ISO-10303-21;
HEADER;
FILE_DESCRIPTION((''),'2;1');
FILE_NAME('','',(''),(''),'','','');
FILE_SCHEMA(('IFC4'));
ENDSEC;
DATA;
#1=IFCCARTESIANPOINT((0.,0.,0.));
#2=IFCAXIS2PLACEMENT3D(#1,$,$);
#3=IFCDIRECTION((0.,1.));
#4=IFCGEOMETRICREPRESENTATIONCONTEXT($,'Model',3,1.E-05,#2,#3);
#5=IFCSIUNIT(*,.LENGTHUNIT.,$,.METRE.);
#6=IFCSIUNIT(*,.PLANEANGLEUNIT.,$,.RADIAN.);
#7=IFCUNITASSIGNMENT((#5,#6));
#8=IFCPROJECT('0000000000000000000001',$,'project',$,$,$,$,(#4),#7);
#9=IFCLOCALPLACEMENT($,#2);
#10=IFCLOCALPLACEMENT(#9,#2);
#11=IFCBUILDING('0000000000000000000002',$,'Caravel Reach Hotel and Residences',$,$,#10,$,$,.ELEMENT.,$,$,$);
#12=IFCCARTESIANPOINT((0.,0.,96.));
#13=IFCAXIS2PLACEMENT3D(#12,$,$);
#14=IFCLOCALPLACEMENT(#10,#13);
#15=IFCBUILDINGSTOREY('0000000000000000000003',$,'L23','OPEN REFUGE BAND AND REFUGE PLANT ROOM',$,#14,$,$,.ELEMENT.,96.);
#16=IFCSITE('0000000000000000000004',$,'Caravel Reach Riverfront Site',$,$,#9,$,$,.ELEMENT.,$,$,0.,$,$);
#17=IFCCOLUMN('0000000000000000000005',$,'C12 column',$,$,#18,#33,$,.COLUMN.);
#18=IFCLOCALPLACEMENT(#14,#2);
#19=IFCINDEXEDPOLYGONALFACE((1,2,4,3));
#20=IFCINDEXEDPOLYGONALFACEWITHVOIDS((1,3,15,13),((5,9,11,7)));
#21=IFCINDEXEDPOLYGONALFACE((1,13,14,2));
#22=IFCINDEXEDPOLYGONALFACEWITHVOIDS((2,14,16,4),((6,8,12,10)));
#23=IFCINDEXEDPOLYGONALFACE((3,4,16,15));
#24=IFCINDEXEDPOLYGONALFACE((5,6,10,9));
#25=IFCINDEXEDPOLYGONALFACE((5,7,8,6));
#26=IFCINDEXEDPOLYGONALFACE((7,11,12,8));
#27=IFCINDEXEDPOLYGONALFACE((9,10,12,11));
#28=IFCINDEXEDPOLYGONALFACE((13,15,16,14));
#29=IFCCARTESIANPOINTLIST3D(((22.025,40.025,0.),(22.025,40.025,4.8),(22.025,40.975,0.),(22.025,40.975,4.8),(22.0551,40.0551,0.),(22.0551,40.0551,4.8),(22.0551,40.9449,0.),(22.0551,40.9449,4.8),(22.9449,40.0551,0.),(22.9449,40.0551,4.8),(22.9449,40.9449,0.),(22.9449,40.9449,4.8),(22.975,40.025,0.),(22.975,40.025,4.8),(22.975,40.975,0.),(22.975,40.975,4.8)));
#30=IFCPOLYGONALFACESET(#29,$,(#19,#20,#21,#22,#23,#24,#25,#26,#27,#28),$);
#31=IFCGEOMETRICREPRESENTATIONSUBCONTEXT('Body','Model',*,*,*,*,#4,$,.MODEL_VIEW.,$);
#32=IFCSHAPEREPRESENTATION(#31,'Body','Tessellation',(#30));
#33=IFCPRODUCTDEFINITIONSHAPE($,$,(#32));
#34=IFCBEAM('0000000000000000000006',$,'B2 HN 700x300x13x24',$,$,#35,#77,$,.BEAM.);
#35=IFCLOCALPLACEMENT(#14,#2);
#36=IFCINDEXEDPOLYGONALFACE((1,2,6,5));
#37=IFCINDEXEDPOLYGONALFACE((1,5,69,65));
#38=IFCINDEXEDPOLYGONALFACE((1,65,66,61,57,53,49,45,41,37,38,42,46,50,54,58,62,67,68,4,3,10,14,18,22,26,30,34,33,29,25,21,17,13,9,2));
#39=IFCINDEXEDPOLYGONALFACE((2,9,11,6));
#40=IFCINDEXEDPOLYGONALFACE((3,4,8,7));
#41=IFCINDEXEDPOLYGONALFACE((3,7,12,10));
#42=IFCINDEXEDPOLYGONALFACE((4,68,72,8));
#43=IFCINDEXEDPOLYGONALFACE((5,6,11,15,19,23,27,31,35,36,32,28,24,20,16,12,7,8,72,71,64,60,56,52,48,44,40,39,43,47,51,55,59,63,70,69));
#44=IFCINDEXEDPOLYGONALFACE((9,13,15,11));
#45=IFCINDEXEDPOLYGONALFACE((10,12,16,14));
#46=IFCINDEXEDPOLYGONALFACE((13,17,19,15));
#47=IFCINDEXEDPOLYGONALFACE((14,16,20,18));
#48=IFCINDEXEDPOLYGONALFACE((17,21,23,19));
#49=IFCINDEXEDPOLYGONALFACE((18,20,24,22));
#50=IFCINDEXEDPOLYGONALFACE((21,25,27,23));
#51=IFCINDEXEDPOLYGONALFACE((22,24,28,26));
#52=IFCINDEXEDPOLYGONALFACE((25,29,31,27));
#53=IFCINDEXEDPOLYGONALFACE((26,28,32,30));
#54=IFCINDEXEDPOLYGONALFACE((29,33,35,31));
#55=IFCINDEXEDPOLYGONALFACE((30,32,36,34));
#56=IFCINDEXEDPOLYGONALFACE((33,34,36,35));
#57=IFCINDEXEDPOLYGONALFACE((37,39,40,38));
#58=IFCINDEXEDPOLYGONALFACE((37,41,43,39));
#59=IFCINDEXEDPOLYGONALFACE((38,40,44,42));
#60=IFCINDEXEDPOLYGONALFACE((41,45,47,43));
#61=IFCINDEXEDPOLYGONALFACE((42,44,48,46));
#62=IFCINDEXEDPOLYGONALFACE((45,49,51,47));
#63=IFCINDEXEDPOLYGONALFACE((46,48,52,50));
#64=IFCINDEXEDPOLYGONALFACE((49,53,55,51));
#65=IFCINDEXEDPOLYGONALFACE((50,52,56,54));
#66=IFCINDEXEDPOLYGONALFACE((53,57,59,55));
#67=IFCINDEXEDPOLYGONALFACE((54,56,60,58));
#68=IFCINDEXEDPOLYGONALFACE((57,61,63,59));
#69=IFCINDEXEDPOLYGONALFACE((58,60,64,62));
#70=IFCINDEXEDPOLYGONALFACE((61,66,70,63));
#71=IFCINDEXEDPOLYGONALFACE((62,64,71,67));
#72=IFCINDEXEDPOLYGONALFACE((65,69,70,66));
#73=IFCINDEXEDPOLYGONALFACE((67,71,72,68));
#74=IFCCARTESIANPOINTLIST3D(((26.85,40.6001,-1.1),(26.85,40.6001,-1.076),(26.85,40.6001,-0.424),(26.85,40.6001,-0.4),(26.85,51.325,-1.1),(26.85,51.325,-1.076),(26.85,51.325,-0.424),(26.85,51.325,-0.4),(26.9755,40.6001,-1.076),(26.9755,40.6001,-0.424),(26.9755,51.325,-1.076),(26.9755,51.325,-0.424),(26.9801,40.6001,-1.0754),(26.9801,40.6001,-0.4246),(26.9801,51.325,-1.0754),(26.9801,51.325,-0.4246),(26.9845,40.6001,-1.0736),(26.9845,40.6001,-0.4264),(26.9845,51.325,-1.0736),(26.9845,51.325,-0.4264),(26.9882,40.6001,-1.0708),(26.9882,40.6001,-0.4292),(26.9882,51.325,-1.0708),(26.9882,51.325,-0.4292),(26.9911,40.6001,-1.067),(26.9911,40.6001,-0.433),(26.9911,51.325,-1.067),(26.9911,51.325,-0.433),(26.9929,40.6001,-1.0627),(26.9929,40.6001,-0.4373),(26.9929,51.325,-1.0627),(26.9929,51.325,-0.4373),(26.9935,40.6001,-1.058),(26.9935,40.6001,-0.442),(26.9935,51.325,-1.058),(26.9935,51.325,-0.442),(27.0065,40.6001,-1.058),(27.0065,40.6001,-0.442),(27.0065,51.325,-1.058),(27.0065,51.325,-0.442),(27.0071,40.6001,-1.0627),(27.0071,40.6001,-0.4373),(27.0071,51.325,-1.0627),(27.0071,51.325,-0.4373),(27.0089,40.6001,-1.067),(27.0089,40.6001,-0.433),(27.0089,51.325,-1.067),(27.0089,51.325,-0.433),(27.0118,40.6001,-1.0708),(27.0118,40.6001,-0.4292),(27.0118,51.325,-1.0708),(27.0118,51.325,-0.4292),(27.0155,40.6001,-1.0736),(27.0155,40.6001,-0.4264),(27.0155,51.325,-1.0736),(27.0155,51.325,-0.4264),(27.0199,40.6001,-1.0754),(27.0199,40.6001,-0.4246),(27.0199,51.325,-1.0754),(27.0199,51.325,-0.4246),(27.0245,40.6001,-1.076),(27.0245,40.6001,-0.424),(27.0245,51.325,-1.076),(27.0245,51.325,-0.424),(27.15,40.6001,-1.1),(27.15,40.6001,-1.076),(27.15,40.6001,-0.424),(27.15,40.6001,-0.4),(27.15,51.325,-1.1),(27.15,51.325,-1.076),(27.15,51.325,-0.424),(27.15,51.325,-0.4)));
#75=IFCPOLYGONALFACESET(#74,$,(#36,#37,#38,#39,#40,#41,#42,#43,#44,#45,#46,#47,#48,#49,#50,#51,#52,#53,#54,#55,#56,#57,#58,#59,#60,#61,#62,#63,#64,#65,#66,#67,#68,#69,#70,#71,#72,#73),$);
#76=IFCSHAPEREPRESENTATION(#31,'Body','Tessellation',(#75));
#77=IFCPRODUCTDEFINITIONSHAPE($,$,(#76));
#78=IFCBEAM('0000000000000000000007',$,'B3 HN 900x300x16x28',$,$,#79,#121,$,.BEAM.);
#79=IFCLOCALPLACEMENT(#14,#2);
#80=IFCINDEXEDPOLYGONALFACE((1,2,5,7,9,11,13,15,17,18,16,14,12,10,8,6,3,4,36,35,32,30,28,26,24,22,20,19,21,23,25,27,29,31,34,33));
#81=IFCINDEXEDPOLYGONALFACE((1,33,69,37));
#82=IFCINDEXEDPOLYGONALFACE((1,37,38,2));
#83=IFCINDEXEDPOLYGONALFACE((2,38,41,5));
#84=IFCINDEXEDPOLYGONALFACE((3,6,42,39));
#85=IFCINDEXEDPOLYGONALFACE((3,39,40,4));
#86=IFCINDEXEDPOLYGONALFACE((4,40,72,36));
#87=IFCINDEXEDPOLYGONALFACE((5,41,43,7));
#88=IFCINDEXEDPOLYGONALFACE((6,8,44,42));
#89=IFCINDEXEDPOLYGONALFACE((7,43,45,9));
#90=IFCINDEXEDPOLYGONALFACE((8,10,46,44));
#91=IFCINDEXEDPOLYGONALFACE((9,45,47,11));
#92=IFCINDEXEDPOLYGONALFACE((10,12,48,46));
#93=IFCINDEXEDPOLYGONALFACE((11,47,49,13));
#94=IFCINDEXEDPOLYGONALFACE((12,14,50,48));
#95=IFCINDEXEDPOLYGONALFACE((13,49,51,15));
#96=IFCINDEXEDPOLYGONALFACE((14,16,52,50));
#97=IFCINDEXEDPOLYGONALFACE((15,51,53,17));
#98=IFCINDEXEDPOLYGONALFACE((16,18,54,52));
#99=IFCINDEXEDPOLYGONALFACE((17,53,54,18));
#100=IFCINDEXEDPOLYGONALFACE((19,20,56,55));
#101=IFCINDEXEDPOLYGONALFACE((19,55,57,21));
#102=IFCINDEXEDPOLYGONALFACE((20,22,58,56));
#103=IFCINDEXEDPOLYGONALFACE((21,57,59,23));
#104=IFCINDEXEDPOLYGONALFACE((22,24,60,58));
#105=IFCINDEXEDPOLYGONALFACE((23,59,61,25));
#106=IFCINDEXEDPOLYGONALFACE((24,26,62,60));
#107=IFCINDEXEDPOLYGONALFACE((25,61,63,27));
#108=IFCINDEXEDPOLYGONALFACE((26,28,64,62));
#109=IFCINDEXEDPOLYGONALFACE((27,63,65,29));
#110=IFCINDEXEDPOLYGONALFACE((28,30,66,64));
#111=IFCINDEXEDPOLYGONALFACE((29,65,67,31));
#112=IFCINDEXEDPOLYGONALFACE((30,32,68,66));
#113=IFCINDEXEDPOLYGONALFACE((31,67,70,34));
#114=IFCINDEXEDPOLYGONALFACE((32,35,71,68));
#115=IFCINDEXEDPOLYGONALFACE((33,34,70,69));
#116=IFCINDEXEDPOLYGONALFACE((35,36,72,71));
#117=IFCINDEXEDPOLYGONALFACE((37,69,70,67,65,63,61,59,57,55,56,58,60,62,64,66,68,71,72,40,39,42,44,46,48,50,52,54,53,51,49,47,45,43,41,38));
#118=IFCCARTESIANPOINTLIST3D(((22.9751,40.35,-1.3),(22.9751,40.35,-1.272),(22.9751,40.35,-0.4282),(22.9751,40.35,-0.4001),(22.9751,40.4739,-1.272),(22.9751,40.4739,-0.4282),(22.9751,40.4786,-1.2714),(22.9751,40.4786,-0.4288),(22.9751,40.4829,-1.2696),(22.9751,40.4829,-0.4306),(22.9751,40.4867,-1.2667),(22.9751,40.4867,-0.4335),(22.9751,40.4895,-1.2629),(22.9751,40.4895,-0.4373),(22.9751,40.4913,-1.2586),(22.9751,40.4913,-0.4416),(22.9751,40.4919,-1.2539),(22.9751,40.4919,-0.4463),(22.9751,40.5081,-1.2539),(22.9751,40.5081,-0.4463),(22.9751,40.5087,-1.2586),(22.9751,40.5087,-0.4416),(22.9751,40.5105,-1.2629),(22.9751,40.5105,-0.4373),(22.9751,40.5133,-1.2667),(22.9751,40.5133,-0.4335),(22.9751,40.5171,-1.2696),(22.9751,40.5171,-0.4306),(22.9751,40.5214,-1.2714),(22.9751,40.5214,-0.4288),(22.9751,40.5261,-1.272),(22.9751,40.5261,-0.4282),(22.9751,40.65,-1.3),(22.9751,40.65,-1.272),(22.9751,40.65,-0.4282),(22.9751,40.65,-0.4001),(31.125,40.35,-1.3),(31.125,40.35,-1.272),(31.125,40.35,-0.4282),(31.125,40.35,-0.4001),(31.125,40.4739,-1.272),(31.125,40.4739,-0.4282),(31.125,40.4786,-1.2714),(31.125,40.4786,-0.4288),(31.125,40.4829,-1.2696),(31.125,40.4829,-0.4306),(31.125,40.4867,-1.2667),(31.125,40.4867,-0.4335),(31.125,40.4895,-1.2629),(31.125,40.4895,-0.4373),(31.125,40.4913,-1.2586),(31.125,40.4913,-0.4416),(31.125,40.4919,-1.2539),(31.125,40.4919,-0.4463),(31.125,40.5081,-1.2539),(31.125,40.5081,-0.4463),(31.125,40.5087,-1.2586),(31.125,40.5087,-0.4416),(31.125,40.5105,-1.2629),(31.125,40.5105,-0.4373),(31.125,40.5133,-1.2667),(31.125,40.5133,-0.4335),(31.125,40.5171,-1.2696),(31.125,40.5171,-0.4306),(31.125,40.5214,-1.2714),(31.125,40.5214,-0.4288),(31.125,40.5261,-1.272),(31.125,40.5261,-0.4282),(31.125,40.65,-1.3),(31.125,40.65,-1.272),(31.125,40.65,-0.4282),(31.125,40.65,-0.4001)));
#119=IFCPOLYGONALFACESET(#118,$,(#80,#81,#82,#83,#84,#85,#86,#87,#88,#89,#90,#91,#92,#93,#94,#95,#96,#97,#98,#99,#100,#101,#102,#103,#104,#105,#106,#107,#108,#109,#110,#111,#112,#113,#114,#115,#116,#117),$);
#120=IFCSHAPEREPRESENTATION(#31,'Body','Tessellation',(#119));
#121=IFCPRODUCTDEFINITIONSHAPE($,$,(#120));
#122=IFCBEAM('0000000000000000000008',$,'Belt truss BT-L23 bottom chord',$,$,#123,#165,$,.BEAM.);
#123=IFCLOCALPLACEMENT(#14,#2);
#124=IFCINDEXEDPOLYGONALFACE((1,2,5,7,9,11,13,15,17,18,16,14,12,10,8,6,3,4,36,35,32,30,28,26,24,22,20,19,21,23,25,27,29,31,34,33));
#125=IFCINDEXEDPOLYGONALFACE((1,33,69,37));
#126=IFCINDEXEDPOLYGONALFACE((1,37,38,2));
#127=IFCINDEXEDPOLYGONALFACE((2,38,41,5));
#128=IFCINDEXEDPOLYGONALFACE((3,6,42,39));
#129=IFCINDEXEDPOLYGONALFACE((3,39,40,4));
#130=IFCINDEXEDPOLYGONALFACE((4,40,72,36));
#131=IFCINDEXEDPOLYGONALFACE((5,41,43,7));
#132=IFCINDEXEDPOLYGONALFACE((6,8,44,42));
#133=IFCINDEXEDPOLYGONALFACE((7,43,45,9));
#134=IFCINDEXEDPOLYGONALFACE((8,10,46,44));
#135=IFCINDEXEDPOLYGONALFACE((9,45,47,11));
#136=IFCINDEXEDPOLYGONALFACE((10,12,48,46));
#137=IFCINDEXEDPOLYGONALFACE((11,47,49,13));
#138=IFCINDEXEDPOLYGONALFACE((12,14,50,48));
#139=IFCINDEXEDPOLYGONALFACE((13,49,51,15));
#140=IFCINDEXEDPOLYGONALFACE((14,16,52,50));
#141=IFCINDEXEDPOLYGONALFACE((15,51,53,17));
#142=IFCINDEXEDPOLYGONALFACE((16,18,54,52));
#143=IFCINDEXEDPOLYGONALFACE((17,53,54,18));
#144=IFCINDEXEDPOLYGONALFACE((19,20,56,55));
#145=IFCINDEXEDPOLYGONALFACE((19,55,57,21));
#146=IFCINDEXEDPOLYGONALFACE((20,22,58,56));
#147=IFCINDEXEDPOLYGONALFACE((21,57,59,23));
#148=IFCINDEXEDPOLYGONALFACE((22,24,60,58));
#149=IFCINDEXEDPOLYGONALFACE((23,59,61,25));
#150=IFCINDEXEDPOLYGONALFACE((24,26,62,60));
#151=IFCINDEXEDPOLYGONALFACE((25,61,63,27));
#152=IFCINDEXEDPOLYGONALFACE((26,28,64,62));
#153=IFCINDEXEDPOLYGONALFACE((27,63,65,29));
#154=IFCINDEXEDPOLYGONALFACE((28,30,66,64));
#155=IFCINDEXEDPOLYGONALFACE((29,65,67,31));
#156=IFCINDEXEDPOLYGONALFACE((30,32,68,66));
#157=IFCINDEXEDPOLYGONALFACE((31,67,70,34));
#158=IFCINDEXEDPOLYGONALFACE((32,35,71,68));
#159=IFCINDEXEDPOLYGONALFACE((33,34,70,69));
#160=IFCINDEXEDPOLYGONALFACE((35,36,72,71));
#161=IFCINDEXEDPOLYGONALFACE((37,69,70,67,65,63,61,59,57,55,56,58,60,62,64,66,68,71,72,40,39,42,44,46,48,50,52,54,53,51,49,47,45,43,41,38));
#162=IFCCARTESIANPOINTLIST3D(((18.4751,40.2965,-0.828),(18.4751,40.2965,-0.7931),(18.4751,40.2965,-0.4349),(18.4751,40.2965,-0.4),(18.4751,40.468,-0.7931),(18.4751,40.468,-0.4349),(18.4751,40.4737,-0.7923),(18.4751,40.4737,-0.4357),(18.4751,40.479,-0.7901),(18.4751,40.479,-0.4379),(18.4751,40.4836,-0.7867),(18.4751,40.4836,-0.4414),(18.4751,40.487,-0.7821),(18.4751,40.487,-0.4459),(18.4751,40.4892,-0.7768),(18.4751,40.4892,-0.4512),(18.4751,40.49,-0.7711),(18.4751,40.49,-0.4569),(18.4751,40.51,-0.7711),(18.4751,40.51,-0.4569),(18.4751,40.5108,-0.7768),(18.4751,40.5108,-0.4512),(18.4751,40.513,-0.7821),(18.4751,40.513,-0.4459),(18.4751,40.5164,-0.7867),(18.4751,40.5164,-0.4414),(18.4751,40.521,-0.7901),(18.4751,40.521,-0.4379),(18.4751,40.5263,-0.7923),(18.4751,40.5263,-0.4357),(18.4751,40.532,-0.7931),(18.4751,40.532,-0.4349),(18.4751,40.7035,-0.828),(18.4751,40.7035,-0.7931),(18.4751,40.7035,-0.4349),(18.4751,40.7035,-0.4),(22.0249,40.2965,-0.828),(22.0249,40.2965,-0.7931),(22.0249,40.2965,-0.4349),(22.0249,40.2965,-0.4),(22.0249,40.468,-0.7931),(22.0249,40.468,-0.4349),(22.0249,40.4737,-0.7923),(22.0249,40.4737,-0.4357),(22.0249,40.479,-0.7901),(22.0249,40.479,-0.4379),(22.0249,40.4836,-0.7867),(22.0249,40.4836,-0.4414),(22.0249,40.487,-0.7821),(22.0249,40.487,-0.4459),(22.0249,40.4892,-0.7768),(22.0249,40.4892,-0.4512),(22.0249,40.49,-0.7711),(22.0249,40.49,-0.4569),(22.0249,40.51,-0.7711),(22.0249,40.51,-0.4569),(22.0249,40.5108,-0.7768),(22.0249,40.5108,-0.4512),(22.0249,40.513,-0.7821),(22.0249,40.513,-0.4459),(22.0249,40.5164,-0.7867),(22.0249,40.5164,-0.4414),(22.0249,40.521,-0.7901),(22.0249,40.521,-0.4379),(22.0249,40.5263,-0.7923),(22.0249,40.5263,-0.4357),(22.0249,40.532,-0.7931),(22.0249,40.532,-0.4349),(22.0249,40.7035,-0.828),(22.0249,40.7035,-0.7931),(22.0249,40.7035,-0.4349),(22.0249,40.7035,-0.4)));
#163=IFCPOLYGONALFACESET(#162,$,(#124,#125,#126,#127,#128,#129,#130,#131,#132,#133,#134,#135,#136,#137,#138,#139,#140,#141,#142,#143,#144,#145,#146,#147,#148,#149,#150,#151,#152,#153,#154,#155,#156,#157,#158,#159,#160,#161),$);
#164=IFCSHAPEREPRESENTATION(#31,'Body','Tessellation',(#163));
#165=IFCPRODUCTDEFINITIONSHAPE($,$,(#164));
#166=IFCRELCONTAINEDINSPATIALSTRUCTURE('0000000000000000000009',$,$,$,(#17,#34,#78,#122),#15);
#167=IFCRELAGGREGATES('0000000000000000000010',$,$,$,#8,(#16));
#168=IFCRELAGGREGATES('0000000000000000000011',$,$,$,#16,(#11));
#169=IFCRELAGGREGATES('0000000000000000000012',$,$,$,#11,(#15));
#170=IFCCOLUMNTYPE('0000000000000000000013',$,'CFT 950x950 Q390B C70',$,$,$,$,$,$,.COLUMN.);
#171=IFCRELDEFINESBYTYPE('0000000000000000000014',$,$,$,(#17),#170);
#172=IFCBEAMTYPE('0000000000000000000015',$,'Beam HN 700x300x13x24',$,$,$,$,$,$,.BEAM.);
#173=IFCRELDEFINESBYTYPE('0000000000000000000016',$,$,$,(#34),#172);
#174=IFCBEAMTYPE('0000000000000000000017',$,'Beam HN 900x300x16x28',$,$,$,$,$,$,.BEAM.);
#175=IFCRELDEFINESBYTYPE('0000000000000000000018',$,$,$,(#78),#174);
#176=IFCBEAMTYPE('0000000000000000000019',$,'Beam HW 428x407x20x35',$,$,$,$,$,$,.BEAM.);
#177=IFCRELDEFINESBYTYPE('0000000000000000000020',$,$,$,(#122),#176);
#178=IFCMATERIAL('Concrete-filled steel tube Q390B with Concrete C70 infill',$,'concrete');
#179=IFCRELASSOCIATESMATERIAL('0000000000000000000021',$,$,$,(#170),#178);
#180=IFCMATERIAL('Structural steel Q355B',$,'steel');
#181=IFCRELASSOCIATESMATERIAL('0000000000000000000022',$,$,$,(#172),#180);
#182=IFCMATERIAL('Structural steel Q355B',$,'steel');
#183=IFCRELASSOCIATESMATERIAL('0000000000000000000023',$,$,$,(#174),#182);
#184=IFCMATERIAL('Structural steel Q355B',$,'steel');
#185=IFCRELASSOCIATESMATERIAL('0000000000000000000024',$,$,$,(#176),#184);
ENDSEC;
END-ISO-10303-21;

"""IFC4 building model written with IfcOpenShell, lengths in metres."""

from ifc_helpers import new_model, si_unit, direction, frame, origin, origin_2d, place, context, subcontext, project, spatial, hollow_rectangle, i_section, extrude, material, material_profile, profile_set, type_object, element, save


model = new_model("IFC4")

# Units and contexts
model_context = context("Model", 3, precision=1e-05, world=origin(), true_north=direction((0.0, 1.0)))
body_context = subcontext(model_context, "Body", "Model", "MODEL_VIEW")
ifc_project = project(units=[si_unit("LENGTHUNIT", "METRE"), si_unit("PLANEANGLEUNIT", "RADIAN")], contexts=[model_context])

# Site, building, storey
site_placement = place(None, origin())
site = spatial("IfcSite", under=ifc_project, at=site_placement, Name="Caravel Reach Riverfront Site", CompositionType="ELEMENT", RefElevation=0.0)
building_placement = place(site_placement, origin())
building = spatial("IfcBuilding", under=site, at=building_placement, Name="Caravel Reach Hotel and Residences", CompositionType="ELEMENT")
storey_placement = place(building_placement, frame((0.0, 0.0, 96.0)))
storey = spatial("IfcBuildingStorey", under=building, at=storey_placement, Name="L23", Description="OPEN REFUGE BAND AND REFUGE PLANT ROOM", CompositionType="ELEMENT", Elevation=96.0)

# Column
ifc_material_1 = material(Name="Concrete-filled steel tube Q390B with Concrete C70 infill", Category="concrete")
ifc_material_profile_1 = material_profile(ifc_material_1, hollow_rectangle(XDim=0.95, YDim=0.95, WallThickness=0.03, at=origin_2d()), Name="RHS 950x950x30")
ifc_profile_set_1 = profile_set([ifc_material_profile_1], Name="Concrete-filled steel tube Q390B with Concrete C70 infill")
column_type = type_object("IfcColumnType", Name="CFT 950x950 Q390B C70", PredefinedType="COLUMN", material=ifc_profile_set_1)
column_placement = place(storey_placement, frame((22.5, 40.5, 0.0), z_axis=(0.0, 0.0, 1.0), x_axis=(1.0, 0.0, 0.0)))
element("IfcColumn", 1, at=column_placement, inside=storey, type_object=column_type, Name="C12 column", PredefinedType="COLUMN", context=body_context, shape_type="SweptSolid", body=[
    extrude(hollow_rectangle(XDim=0.95, YDim=0.95, WallThickness=0.03, at=origin_2d()), origin(), (0.0, 0.0, 1.0), 4.8),
])

# Beams
ifc_material_2 = material(Name="Structural steel Q355B", Category="steel")
ifc_material_profile_2 = material_profile(ifc_material_2, i_section(OverallWidth=0.3, OverallDepth=0.7, WebThickness=0.0129, FlangeThickness=0.0239, FilletRadius=0.0181, at=origin_2d()), Name="HN 700x300x13x24")
ifc_profile_set_2 = profile_set([ifc_material_profile_2], Name="Structural steel Q355B")
beam_type_1 = type_object("IfcBeamType", Name="Beam HN 700x300x13x24", PredefinedType="BEAM", material=ifc_profile_set_2)
beam_1_placement = place(storey_placement, frame((27.0, 40.6001, -0.75), z_axis=(0.0, 1.0, 0.0), x_axis=(-1.0, 0.0, 0.0)))
element("IfcBeam", 2, at=beam_1_placement, inside=storey, type_object=beam_type_1, Name="B2 HN 700x300x13x24", PredefinedType="BEAM", context=body_context, shape_type="SweptSolid", body=[
    extrude(i_section(OverallWidth=0.3, OverallDepth=0.7, WebThickness=0.0129, FlangeThickness=0.0239, FilletRadius=0.0181, at=origin_2d()), origin(), (0.0, 0.0, 1.0), 10.7249),
])
ifc_material_3 = material(Name="Structural steel Q355B", Category="steel")
ifc_material_profile_3 = material_profile(ifc_material_3, i_section(OverallWidth=0.3, OverallDepth=0.8999, WebThickness=0.0161, FlangeThickness=0.0281, FilletRadius=0.0181, at=origin_2d()), Name="HN 900x300x16x28")
ifc_profile_set_3 = profile_set([ifc_material_profile_3], Name="Structural steel Q355B")
beam_type_2 = type_object("IfcBeamType", Name="Beam HN 900x300x16x28", PredefinedType="BEAM", material=ifc_profile_set_3)
beam_2_placement = place(storey_placement, frame((22.9751, 40.5, -0.8501), z_axis=(1.0, 0.0, 0.0), x_axis=(0.0, 1.0, 0.0)))
element("IfcBeam", 3, at=beam_2_placement, inside=storey, type_object=beam_type_2, Name="B3 HN 900x300x16x28", PredefinedType="BEAM", context=body_context, shape_type="SweptSolid", body=[
    extrude(i_section(OverallWidth=0.3, OverallDepth=0.8999, WebThickness=0.0161, FlangeThickness=0.0281, FilletRadius=0.0181, at=origin_2d()), origin(), (0.0, 0.0, 1.0), 8.1499),
])
ifc_material_4 = material(Name="Structural steel Q355B", Category="steel")
ifc_material_profile_4 = material_profile(ifc_material_4, i_section(OverallWidth=0.407, OverallDepth=0.428, WebThickness=0.02, FlangeThickness=0.0349, FilletRadius=0.022, at=origin_2d()), Name="HW 428x407x20x35")
ifc_profile_set_4 = profile_set([ifc_material_profile_4], Name="Structural steel Q355B")
beam_type_3 = type_object("IfcBeamType", Name="Beam HW 428x407x20x35", PredefinedType="BEAM", material=ifc_profile_set_4)
for number, where, z_axis, x_axis, name in (
    (4, (22.0249, 40.5, -0.614), (-1.0, 0.0, 0.0), (0.0, -1.0, 0.0), "Belt truss BT-L23 bottom chord"),
):
    element("IfcBeam", number, at=place(storey_placement, frame(where, z_axis=z_axis, x_axis=x_axis)), inside=storey, type_object=beam_type_3, Name=name, PredefinedType="BEAM", context=body_context, shape_type="SweptSolid", body=[
        extrude(i_section(OverallWidth=0.407, OverallDepth=0.428, WebThickness=0.02, FlangeThickness=0.0349, FilletRadius=0.022, at=origin_2d()), origin(), (0.0, 0.0, 1.0), 3.5498),
    ])

save(model, "model.ifc")
